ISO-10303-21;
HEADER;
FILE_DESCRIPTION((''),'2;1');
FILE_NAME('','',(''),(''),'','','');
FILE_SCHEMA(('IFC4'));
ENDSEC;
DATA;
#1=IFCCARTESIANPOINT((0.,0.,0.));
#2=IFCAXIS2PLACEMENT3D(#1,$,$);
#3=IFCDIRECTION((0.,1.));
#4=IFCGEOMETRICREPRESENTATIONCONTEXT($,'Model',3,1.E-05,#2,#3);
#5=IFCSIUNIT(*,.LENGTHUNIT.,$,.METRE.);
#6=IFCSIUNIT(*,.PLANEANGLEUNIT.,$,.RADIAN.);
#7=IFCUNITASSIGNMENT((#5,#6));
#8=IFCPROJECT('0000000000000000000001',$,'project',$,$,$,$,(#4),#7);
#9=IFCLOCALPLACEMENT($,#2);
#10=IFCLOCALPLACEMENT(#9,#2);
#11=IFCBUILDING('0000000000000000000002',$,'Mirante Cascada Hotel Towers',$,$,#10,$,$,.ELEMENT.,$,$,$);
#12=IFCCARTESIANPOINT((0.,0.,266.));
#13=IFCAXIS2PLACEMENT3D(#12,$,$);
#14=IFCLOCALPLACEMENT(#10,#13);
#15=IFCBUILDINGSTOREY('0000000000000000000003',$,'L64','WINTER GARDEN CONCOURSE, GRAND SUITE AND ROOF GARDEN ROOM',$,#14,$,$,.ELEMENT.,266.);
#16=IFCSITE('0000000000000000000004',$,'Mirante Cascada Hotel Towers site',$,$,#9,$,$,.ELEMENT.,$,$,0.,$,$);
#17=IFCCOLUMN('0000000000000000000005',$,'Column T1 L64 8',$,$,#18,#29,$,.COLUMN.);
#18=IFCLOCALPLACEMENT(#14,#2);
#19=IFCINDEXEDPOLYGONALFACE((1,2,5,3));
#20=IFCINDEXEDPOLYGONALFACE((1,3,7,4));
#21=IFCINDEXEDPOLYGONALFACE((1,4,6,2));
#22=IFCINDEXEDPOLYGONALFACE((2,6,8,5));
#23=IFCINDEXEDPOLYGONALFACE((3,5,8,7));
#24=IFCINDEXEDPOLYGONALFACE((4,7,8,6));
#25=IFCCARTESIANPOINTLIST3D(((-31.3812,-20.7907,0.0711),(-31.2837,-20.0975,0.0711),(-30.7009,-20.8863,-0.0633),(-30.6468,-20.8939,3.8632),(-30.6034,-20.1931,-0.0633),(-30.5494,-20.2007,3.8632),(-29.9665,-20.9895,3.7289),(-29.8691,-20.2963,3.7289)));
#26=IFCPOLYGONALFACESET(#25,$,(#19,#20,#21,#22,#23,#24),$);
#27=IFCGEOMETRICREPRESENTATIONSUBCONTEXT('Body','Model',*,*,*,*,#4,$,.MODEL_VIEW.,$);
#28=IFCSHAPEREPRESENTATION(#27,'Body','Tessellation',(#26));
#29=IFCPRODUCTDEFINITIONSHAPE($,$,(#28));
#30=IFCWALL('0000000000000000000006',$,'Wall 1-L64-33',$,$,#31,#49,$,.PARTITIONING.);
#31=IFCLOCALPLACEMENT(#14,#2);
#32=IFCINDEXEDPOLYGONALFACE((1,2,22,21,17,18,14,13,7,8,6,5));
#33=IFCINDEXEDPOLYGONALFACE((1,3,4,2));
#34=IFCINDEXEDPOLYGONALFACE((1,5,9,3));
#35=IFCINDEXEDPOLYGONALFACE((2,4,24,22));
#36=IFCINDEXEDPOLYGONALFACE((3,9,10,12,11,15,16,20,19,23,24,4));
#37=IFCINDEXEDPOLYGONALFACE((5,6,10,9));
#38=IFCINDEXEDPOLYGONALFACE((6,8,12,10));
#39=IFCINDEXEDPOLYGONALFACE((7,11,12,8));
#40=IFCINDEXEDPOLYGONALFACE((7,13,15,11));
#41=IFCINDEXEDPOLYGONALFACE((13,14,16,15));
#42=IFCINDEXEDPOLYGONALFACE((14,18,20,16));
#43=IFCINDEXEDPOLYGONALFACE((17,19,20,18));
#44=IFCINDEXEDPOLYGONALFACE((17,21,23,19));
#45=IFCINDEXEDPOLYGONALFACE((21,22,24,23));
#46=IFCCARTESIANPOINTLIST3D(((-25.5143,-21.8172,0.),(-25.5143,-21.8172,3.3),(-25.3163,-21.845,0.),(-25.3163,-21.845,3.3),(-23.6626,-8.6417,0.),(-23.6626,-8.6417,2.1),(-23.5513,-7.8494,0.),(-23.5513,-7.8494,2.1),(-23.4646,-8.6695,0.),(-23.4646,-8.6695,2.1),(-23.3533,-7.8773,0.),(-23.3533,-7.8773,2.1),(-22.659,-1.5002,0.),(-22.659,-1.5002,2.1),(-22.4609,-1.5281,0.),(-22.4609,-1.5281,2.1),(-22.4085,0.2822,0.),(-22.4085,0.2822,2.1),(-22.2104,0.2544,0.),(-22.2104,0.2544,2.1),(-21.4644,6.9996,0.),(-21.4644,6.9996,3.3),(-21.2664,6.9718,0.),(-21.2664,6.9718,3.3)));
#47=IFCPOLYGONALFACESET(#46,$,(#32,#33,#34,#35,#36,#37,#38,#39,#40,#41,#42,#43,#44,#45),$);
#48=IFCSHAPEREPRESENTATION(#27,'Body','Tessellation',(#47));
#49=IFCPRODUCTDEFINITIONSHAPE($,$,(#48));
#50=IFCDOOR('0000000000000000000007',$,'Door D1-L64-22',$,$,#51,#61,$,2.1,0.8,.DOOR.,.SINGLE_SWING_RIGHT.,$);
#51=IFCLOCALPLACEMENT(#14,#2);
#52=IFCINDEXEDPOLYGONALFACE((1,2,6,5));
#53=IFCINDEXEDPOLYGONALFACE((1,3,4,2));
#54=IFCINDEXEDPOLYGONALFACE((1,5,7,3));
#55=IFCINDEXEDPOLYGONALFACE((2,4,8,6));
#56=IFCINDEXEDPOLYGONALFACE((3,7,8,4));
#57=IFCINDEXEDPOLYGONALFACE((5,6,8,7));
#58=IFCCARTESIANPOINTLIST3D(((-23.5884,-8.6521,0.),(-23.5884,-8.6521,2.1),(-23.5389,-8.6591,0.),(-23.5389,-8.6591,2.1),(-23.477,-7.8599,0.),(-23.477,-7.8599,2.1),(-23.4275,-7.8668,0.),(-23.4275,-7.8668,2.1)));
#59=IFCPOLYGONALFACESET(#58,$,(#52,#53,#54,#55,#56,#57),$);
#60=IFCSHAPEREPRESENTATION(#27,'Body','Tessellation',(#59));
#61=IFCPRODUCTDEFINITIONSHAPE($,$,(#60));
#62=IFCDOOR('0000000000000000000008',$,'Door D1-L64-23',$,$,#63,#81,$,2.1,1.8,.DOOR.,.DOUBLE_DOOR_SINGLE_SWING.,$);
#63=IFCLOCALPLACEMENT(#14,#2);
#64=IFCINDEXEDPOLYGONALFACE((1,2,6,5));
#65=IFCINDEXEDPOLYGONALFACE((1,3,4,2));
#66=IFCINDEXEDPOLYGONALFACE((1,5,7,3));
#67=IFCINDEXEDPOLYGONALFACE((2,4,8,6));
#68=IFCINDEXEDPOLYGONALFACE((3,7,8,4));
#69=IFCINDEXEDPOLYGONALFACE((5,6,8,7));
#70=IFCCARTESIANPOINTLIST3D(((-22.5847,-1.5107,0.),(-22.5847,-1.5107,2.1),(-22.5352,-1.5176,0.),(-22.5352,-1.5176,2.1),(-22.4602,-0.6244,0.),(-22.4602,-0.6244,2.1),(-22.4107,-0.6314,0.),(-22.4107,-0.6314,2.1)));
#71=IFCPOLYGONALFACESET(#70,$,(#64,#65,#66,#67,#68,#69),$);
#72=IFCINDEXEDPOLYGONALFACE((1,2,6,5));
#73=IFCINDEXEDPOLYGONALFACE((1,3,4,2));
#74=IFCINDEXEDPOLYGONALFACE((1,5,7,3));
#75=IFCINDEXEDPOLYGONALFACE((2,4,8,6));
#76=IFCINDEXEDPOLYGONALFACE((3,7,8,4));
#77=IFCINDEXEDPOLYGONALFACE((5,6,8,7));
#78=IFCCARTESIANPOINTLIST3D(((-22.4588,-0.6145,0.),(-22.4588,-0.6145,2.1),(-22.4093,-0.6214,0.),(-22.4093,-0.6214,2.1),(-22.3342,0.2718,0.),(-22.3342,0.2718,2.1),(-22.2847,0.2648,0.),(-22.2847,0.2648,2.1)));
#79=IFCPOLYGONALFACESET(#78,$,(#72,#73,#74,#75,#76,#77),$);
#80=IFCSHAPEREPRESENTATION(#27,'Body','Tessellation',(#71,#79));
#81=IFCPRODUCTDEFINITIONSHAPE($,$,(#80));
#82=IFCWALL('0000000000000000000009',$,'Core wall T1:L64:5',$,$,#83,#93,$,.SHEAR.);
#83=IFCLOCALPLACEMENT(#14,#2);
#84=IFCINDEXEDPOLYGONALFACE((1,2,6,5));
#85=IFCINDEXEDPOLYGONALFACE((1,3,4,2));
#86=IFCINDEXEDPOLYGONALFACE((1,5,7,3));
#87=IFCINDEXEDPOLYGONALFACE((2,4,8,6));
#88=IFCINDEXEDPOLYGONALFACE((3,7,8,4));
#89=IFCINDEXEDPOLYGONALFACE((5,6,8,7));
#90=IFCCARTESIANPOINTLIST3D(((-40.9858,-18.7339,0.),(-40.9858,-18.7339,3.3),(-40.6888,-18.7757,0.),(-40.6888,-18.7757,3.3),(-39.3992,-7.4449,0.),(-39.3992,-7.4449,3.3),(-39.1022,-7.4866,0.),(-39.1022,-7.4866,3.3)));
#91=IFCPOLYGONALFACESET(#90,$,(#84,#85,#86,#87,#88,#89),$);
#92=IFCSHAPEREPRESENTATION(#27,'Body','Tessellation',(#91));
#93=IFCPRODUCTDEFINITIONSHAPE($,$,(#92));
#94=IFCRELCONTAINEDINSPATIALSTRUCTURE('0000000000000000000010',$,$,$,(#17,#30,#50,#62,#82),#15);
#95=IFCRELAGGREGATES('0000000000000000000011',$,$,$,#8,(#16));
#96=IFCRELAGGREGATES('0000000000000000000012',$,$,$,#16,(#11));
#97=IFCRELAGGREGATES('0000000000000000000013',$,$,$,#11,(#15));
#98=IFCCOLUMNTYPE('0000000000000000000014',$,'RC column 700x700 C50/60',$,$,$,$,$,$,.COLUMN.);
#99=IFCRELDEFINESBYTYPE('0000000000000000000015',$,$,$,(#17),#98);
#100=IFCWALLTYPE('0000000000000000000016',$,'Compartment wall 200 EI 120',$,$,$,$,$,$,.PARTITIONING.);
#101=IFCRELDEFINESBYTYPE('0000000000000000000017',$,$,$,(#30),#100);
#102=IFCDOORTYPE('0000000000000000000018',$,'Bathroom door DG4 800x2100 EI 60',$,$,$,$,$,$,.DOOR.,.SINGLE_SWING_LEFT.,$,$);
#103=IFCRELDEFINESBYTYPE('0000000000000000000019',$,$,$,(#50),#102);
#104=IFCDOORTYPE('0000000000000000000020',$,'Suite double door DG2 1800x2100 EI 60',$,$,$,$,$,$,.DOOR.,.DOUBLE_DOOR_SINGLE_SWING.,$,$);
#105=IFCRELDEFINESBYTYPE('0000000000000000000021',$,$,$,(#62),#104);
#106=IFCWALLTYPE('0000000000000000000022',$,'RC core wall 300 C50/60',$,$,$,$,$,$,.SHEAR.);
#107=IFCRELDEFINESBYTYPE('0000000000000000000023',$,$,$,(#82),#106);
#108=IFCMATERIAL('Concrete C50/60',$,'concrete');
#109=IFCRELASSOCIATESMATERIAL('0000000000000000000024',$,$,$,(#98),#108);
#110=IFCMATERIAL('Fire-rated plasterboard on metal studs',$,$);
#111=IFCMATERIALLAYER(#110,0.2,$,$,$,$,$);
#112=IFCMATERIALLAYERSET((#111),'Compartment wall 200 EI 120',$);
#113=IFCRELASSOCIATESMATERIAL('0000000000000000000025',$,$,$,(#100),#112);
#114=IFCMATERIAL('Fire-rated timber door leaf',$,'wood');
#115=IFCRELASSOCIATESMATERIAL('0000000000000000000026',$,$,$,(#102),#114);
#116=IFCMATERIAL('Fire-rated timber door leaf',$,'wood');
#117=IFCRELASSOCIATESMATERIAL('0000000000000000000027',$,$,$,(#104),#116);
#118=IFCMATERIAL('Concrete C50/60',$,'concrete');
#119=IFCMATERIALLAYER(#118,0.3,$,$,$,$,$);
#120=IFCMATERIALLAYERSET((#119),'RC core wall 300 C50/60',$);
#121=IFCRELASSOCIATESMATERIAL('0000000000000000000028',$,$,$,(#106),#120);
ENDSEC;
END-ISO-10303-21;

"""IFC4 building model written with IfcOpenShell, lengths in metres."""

from ifc_helpers import new_model, si_unit, direction, frame, frame_2d, origin, origin_2d, place, context, subcontext, project, spatial, rectangle, extrude, material, layer, layer_set, material_profile, profile_set, type_object, element, fill, save


model = new_model("IFC4")

# Units and contexts
model_context = context("Model", 3, precision=1e-05, world=origin(), true_north=direction((0.0, 1.0)))
body_context = subcontext(model_context, "Body", "Model", "MODEL_VIEW")
ifc_project = project(units=[si_unit("LENGTHUNIT", "METRE"), si_unit("PLANEANGLEUNIT", "RADIAN")], contexts=[model_context])

# Site, building, storey
site_placement = place(None, origin())
site = spatial("IfcSite", under=ifc_project, at=site_placement, Name="Mirante Cascada Hotel Towers site", CompositionType="ELEMENT", RefElevation=0.0)
building_placement = place(site_placement, origin())
building = spatial("IfcBuilding", under=site, at=building_placement, Name="Mirante Cascada Hotel Towers", CompositionType="ELEMENT")
storey_placement = place(building_placement, frame((0.0, 0.0, 266.0)))
storey = spatial("IfcBuildingStorey", under=building, at=storey_placement, Name="L64", Description="WINTER GARDEN CONCOURSE, GRAND SUITE AND ROOF GARDEN ROOM", CompositionType="ELEMENT", Elevation=266.0)

# Column
ifc_material_1 = material(Name="Concrete C50/60", Category="concrete")
ifc_material_profile = material_profile(ifc_material_1, rectangle(XDim=0.7, YDim=0.7, at=origin_2d()), Name="RC column 700x700 C50/60")
ifc_profile_set = profile_set([ifc_material_profile], Name="Concrete C50/60")
column_type = type_object("IfcColumnType", Name="RC column 700x700 C50/60", PredefinedType="COLUMN", material=ifc_profile_set)
column_placement = place(storey_placement, frame((-30.9923, -20.4919, 0.0039), z_axis=(0.19006, -0.026708, 0.981409), x_axis=(0.139156, 0.990271, 0.0)))
element("IfcColumn", 1, at=column_placement, inside=storey, type_object=column_type, Name="Column T1 L64 8", PredefinedType="COLUMN", context=body_context, shape_type="SweptSolid", body=[
    extrude(rectangle(XDim=0.7, YDim=0.7, at=origin_2d()), origin(), (0.0, 0.0, 1.0), 3.864),
])

# Wall, openings, doors
ifc_material_2 = material(Name="Fire-rated plasterboard on metal studs")
ifc_layer_1 = layer(ifc_material_2, 0.2)
ifc_layer_set_1 = layer_set([ifc_layer_1], Name="Compartment wall 200 EI 120")
wall_type_1 = type_object("IfcWallType", Name="Compartment wall 200 EI 120", PredefinedType="PARTITIONING", material=ifc_layer_set_1)
wall_1_placement = place(storey_placement, frame((-25.4153, -21.8311, 0.0), z_axis=(0.0, 0.0, 1.0), x_axis=(0.139172, 0.990268, 0.0)))
wall_1 = element("IfcWall", 2, at=wall_1_placement, inside=storey, type_object=wall_type_1, Name="Wall 1-L64-33", PredefinedType="PARTITIONING", context=body_context, shape_type="SweptSolid", body=[
    extrude(rectangle(XDim=29.1, YDim=0.2, at=frame_2d((14.55, 0.0))), origin(), (0.0, 0.0, 1.0), 3.3),
])
opening_1_placement = place(wall_1_placement, frame((13.305, 0.0, 0.0)))
opening_1 = element("IfcOpeningElement", 3, at=opening_1_placement, cuts=wall_1, PredefinedType="OPENING", context=body_context, shape_type="SweptSolid", body=[
    extrude(rectangle(XDim=0.8, YDim=2.1, at=frame_2d((0.4, 1.05))), frame((0.0, 0.1, 0.0), z_axis=(0.0, -1.0, 0.0), x_axis=(1.0, 0.0, 0.0)), (0.0, 0.0, 1.0), 0.2),
])
opening_2_placement = place(wall_1_placement, frame((20.5166, 0.0, 0.0)))
opening_2 = element("IfcOpeningElement", 4, at=opening_2_placement, cuts=wall_1, PredefinedType="OPENING", context=body_context, shape_type="SweptSolid", body=[
    extrude(rectangle(XDim=1.8, YDim=2.1, at=frame_2d((0.9, 1.05))), frame((0.0, 0.1, 0.0), z_axis=(0.0, -1.0, 0.0), x_axis=(1.0, 0.0, 0.0)), (0.0, 0.0, 1.0), 0.2),
])
ifc_material_3 = material(Name="Fire-rated timber door leaf", Category="wood")
door_type_1 = type_object("IfcDoorType", Name="Bathroom door DG4 800x2100 EI 60", OperationType="SINGLE_SWING_LEFT", PredefinedType="DOOR", material=ifc_material_3)
door_1_placement = place(opening_1_placement, frame((0.8, 0.0, 0.0), z_axis=(0.0, 0.0, 1.0), x_axis=(-1.0, 0.0, 0.0)))
door_1 = element("IfcDoor", 5, at=door_1_placement, inside=storey, type_object=door_type_1, Name="Door D1-L64-22", OperationType="SINGLE_SWING_RIGHT", OverallHeight=2.1, OverallWidth=0.8, PredefinedType="DOOR", context=body_context, shape_type="SweptSolid", body=[
    extrude(rectangle(XDim=0.8, YDim=2.1, at=frame_2d((0.4, 1.05))), frame((0.0, 0.025, 0.0), z_axis=(0.0, -1.0, 0.0), x_axis=(1.0, 0.0, 0.0)), (0.0, 0.0, 1.0), 0.05),
])
fill(opening_1, door_1)
ifc_material_4 = material(Name="Fire-rated timber door leaf", Category="wood")
door_type_2 = type_object("IfcDoorType", Name="Suite double door DG2 1800x2100 EI 60", OperationType="DOUBLE_DOOR_SINGLE_SWING", PredefinedType="DOOR", material=ifc_material_4)
door_2_placement = place(opening_2_placement, origin())
door_2 = element("IfcDoor", 6, at=door_2_placement, inside=storey, type_object=door_type_2, Name="Door D1-L64-23", OperationType="DOUBLE_DOOR_SINGLE_SWING", OverallHeight=2.1, OverallWidth=1.8, PredefinedType="DOOR", context=body_context, shape_type="SweptSolid", body=[
    extrude(rectangle(XDim=0.895, YDim=2.1, at=frame_2d((0.4475, 1.05))), frame((0.0, 0.025, 0.0), z_axis=(0.0, -1.0, 0.0), x_axis=(1.0, 0.0, 0.0)), (0.0, 0.0, 1.0), 0.05),
    extrude(rectangle(XDim=0.895, YDim=2.1, at=frame_2d((1.3525, 1.05))), frame((0.0, 0.025, 0.0), z_axis=(0.0, -1.0, 0.0), x_axis=(1.0, 0.0, 0.0)), (0.0, 0.0, 1.0), 0.05),
])
fill(opening_2, door_2)

# Wall
ifc_material_5 = material(Name="Concrete C50/60", Category="concrete")
ifc_layer_2 = layer(ifc_material_5, 0.3)
ifc_layer_set_2 = layer_set([ifc_layer_2], Name="RC core wall 300 C50/60")
wall_type_2 = type_object("IfcWallType", Name="RC core wall 300 C50/60", PredefinedType="SHEAR", material=ifc_layer_set_2)
wall_2_placement = place(storey_placement, frame((-40.8373, -18.7548, 0.0), z_axis=(0.0, 0.0, 1.0), x_axis=(0.139175, 0.990268, 0.0)))
element("IfcWall", 7, at=wall_2_placement, inside=storey, type_object=wall_type_2, Name="Core wall T1:L64:5", PredefinedType="SHEAR", context=body_context, shape_type="SweptSolid", body=[
    extrude(rectangle(XDim=11.4, YDim=0.3, at=frame_2d((5.7, 0.0))), origin(), (0.0, 0.0, 1.0), 3.3),
])

save(model, "model.ifc")
